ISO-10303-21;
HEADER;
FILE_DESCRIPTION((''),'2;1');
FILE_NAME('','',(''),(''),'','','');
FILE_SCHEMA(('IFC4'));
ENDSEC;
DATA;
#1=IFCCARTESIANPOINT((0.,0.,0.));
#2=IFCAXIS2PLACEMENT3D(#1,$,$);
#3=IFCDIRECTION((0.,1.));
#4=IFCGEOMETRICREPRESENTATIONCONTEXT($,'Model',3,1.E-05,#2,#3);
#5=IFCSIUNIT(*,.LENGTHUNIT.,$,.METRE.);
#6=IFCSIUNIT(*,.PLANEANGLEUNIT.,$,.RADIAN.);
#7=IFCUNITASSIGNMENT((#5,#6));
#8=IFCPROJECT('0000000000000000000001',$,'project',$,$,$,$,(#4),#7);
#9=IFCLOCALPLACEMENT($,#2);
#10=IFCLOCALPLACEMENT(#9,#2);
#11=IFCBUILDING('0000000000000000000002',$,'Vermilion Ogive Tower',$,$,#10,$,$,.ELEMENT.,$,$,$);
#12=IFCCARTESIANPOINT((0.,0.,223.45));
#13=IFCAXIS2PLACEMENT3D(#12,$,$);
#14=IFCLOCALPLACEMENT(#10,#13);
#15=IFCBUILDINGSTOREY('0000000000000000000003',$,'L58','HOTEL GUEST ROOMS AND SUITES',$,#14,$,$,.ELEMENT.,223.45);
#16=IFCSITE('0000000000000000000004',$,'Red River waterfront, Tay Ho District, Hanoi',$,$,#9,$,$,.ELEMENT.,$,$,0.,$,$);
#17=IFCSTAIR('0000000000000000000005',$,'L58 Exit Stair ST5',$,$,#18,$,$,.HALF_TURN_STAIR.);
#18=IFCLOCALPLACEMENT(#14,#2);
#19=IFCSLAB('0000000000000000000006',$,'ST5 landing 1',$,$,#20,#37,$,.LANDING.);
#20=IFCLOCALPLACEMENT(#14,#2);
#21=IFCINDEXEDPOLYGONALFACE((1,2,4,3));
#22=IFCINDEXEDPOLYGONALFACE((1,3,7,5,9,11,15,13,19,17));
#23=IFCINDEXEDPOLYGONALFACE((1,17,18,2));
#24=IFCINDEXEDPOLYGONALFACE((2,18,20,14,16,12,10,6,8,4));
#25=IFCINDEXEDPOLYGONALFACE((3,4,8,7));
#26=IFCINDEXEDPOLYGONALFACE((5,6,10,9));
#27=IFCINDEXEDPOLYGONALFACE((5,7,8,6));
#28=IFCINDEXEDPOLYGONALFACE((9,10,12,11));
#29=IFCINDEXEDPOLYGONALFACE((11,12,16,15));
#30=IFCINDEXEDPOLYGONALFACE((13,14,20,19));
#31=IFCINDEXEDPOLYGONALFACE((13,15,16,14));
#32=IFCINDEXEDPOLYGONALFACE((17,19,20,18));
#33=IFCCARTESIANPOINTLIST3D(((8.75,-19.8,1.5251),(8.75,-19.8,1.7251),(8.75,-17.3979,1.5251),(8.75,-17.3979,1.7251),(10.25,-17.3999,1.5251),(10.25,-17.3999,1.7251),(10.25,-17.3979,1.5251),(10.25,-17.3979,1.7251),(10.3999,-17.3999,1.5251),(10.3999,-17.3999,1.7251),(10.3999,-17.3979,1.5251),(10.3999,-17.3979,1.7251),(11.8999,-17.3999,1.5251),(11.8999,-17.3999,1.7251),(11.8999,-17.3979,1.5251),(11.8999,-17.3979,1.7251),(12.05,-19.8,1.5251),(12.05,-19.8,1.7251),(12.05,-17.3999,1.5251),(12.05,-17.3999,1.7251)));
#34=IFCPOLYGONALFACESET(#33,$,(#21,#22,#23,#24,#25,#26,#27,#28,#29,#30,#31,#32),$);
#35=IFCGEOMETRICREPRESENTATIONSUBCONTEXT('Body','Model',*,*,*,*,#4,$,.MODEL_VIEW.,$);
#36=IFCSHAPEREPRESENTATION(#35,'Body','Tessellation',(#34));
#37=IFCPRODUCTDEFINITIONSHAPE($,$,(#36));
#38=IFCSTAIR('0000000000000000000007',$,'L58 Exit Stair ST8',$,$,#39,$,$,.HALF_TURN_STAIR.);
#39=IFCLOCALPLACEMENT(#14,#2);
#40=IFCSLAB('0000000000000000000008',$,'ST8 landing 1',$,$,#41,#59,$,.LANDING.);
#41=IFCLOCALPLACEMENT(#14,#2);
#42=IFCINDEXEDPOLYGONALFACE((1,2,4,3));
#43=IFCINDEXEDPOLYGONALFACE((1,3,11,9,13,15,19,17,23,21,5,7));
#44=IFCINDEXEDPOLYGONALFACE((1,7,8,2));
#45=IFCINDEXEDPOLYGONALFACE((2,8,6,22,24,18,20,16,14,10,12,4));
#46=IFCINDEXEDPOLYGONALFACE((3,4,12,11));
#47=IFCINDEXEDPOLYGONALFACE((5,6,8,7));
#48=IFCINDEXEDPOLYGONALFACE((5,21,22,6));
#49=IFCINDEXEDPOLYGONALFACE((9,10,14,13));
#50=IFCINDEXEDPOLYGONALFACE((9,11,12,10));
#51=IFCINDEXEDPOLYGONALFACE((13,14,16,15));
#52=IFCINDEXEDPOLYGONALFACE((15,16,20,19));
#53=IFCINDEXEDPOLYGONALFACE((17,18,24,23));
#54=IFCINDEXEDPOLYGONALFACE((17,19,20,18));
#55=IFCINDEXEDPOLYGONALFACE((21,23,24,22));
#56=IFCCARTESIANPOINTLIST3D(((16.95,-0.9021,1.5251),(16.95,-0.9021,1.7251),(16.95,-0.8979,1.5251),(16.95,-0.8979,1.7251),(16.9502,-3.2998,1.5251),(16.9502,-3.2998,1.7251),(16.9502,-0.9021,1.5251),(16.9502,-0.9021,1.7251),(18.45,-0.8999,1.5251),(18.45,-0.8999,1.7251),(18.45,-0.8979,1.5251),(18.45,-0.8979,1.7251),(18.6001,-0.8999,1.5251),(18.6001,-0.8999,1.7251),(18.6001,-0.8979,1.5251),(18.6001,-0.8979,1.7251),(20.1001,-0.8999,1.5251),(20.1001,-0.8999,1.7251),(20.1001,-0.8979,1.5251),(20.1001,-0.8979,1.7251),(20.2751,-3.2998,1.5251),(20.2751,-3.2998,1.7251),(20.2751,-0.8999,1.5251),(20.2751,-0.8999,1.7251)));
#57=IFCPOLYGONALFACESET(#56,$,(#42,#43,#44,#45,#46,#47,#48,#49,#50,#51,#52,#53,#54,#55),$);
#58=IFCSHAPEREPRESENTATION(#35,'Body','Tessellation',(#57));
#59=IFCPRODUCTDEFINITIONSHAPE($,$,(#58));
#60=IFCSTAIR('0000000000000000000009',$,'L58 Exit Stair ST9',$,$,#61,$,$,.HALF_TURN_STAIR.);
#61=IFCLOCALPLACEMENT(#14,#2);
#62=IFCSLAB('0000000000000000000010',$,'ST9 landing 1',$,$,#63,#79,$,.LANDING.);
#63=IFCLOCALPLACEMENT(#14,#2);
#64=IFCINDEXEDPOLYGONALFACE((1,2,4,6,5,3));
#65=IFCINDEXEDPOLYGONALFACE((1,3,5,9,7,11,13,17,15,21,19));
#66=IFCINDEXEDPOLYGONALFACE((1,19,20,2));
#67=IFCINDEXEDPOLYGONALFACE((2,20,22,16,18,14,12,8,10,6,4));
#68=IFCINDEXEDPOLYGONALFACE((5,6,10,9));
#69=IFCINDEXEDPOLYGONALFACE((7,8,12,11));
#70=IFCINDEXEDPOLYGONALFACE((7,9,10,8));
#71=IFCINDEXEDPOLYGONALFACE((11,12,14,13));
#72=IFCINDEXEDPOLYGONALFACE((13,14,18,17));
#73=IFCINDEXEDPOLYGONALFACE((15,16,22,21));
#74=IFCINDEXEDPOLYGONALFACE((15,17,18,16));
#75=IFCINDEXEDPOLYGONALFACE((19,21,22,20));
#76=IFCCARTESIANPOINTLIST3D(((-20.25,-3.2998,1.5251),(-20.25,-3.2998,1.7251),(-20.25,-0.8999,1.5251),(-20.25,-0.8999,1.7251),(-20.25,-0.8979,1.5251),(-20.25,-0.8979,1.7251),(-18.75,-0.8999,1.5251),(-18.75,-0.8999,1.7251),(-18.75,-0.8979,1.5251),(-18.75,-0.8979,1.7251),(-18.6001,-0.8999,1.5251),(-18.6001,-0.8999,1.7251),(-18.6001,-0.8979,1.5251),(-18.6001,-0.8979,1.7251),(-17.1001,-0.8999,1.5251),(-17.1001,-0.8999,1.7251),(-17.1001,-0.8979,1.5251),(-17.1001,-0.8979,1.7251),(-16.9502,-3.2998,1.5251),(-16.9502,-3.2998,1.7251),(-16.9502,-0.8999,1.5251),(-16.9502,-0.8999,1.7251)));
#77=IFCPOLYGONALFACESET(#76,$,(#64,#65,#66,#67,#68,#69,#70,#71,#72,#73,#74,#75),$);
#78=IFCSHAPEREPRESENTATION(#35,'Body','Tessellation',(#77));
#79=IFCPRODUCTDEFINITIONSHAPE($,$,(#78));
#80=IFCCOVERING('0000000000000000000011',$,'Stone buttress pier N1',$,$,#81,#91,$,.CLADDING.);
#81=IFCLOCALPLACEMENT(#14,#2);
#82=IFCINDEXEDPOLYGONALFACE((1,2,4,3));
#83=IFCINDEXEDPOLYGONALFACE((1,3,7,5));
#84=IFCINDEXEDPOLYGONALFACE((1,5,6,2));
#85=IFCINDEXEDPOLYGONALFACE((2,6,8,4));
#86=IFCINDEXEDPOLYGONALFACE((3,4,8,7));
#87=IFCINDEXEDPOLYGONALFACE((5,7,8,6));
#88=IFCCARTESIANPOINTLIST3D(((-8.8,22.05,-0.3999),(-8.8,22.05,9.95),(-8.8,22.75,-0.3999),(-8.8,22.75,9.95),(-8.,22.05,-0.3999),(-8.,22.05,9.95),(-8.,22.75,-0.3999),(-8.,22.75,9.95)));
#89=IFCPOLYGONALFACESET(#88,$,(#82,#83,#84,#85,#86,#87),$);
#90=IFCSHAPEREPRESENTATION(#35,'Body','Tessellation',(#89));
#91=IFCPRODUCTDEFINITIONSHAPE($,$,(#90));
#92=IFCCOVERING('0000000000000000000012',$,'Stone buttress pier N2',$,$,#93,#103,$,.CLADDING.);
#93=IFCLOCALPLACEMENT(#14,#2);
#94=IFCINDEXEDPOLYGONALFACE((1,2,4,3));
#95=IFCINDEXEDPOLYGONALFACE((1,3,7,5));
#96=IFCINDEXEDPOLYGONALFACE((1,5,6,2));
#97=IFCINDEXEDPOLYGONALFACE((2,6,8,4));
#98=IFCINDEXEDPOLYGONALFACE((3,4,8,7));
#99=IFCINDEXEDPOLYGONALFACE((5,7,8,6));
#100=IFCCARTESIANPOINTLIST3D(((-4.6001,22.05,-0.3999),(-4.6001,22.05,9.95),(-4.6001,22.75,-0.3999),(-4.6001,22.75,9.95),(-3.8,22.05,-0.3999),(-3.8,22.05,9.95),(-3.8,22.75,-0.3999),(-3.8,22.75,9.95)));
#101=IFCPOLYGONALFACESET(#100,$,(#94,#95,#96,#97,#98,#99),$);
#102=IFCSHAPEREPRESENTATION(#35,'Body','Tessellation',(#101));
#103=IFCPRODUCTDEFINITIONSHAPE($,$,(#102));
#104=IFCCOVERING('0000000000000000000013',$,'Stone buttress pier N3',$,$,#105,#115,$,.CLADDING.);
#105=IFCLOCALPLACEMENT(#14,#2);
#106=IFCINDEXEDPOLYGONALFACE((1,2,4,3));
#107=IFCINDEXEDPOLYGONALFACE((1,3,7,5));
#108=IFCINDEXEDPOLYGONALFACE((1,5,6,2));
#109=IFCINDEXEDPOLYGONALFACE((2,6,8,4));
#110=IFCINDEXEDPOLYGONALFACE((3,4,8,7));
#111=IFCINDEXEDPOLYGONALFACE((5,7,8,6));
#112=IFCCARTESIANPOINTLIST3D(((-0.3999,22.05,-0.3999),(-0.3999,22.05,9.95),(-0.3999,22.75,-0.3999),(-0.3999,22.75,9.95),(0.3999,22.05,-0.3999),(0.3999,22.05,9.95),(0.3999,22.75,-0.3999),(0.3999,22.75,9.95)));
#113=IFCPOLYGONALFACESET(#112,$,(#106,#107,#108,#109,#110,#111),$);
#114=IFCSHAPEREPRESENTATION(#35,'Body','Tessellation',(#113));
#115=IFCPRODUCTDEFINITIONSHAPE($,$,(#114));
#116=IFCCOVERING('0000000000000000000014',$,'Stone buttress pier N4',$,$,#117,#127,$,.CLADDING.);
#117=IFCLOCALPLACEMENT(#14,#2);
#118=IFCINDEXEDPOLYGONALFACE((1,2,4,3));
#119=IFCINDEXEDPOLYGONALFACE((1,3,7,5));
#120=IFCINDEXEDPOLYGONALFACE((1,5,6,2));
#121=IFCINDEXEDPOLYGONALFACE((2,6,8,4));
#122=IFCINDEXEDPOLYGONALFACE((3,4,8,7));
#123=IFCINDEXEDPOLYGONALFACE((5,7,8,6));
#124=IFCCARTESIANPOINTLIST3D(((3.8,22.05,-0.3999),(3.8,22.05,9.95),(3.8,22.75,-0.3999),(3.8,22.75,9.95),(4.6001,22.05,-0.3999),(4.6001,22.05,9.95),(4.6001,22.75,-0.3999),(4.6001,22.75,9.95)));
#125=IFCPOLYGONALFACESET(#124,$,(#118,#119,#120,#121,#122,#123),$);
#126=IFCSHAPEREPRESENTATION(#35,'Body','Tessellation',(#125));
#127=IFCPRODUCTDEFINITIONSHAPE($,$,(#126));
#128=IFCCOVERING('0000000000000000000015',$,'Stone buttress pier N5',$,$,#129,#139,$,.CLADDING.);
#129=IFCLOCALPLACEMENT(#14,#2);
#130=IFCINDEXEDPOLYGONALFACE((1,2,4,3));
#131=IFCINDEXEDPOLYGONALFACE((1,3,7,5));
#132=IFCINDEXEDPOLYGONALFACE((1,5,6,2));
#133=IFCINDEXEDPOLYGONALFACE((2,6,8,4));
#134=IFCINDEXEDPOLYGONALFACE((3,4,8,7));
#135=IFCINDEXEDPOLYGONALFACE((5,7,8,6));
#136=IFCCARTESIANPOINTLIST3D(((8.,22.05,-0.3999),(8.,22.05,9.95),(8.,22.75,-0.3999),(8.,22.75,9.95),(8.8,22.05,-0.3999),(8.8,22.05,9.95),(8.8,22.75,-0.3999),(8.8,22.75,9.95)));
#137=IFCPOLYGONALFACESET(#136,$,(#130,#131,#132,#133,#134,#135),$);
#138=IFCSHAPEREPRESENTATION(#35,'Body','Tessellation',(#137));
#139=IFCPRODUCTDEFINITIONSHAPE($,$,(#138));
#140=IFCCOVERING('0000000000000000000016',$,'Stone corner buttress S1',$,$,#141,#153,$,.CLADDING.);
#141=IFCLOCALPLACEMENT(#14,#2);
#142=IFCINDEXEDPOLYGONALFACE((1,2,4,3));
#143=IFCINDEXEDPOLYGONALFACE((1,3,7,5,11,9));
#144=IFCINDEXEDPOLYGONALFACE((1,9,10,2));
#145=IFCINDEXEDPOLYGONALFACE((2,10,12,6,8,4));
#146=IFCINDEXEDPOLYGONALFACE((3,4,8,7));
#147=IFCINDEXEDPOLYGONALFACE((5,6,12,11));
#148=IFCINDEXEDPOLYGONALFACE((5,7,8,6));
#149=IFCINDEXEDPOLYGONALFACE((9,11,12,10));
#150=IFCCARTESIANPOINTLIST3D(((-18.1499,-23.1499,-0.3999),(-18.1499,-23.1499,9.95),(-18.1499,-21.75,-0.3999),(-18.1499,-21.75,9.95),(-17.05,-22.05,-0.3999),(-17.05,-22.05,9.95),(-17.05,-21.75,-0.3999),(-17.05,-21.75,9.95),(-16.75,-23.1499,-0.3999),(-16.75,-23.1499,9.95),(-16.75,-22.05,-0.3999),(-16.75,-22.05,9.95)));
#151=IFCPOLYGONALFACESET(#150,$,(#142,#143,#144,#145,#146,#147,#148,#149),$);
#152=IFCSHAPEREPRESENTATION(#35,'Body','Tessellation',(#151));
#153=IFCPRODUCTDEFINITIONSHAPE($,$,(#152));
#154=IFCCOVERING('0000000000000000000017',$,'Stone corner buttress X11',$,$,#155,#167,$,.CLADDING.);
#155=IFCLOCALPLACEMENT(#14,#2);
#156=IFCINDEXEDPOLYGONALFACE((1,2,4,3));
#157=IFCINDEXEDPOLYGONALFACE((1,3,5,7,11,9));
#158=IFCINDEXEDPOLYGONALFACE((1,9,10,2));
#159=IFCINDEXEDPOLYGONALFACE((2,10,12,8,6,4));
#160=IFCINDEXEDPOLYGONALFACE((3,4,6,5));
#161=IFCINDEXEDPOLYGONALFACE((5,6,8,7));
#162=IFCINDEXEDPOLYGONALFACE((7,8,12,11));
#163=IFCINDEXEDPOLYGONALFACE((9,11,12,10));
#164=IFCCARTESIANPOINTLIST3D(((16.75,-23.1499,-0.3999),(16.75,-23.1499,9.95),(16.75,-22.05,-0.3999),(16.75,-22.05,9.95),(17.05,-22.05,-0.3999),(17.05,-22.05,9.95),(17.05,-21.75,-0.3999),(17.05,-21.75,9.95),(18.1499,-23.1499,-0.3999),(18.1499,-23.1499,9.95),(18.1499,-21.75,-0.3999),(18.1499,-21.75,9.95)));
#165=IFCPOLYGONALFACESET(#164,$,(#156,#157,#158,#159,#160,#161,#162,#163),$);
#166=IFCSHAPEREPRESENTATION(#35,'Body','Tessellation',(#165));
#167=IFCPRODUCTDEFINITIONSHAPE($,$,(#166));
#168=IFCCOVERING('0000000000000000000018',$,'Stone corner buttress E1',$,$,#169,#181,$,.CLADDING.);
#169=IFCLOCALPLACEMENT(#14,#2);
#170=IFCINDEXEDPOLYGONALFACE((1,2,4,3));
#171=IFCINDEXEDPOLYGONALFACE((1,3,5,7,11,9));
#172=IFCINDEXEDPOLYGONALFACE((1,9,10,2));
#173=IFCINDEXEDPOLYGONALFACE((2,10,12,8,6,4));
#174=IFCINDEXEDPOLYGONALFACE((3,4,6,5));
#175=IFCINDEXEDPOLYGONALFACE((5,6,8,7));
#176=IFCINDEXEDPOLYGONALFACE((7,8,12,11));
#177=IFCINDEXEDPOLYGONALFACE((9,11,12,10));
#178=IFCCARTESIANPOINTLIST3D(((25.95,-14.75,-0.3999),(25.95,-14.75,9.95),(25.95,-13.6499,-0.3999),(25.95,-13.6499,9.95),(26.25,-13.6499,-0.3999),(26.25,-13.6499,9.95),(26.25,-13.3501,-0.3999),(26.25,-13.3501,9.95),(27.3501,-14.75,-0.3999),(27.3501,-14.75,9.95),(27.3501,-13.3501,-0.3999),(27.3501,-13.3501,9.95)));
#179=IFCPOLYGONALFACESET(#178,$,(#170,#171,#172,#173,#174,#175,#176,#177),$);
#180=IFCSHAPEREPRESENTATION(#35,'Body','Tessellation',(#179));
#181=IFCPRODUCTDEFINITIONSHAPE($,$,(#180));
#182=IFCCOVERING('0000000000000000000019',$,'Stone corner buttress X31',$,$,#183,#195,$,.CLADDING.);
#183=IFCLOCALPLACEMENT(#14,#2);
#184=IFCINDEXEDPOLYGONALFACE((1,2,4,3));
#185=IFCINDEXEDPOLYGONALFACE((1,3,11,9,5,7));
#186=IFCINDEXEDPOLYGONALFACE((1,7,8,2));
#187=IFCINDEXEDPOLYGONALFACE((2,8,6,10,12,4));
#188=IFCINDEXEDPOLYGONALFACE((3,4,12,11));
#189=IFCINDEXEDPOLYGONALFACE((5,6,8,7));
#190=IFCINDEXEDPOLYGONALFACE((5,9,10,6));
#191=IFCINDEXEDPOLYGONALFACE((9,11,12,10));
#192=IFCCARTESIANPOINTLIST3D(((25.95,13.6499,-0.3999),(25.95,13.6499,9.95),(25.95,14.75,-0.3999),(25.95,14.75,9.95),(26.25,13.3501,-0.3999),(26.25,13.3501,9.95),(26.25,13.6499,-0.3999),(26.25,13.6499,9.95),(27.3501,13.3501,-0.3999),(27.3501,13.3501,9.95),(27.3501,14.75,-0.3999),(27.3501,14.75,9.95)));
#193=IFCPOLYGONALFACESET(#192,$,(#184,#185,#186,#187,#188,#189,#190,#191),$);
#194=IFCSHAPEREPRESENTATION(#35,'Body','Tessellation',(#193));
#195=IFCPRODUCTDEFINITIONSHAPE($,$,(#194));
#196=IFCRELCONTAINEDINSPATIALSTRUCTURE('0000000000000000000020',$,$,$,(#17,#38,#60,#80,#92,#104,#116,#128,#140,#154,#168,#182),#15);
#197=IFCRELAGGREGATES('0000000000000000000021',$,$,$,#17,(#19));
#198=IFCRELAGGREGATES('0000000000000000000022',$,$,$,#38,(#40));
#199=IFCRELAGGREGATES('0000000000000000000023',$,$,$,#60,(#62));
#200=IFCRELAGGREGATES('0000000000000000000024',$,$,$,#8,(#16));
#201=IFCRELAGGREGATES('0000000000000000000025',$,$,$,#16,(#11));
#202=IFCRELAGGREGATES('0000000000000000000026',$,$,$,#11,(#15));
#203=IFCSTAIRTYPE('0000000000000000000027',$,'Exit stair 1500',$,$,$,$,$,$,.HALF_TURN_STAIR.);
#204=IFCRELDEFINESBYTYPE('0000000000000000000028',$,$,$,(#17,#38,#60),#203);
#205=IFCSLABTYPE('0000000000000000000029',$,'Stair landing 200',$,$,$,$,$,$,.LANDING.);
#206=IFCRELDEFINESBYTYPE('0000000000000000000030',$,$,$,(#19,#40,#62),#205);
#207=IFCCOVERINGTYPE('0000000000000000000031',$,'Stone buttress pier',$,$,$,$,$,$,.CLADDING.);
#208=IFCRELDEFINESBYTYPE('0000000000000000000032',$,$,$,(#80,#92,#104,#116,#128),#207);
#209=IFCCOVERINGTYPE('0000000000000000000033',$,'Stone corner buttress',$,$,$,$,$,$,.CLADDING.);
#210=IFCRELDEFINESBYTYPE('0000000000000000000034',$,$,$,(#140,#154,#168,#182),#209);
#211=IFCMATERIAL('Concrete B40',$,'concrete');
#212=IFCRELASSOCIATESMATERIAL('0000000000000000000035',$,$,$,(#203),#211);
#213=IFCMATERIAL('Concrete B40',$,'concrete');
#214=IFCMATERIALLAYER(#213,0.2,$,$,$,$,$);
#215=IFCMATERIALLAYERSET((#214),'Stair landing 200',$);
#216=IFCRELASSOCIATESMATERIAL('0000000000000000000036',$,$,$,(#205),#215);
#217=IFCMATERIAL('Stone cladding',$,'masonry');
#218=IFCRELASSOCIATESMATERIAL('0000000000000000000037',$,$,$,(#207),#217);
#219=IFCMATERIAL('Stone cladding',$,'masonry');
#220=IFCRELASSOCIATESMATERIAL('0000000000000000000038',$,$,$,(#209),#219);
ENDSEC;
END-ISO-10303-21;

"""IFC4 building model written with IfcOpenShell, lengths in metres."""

from ifc_helpers import new_model, si_unit, direction, frame, origin, place, context, subcontext, project, spatial, polyline, outline, extrude, material, layer, layer_set, type_object, element, aggregate, save


model = new_model("IFC4")

# Units and contexts
model_context = context("Model", 3, precision=1e-05, world=origin(), true_north=direction((0.0, 1.0)))
body_context = subcontext(model_context, "Body", "Model", "MODEL_VIEW")
ifc_project = project(units=[si_unit("LENGTHUNIT", "METRE"), si_unit("PLANEANGLEUNIT", "RADIAN")], contexts=[model_context])

# Site, building, storey
site_placement = place(None, origin())
site = spatial("IfcSite", under=ifc_project, at=site_placement, Name="Red River waterfront, Tay Ho District, Hanoi", CompositionType="ELEMENT", RefElevation=0.0)
building_placement = place(site_placement, origin())
building = spatial("IfcBuilding", under=site, at=building_placement, Name="Vermilion Ogive Tower", CompositionType="ELEMENT")
storey_placement = place(building_placement, frame((0.0, 0.0, 223.45)))
storey = spatial("IfcBuildingStorey", under=building, at=storey_placement, Name="L58", Description="HOTEL GUEST ROOMS AND SUITES", CompositionType="ELEMENT", Elevation=223.45)

# Stairs, slabs
ifc_material_1 = material(Name="Concrete B40", Category="concrete")
stair_type = type_object("IfcStairType", Name="Exit stair 1500", PredefinedType="HALF_TURN_STAIR", material=ifc_material_1)
ifc_material_2 = material(Name="Concrete B40", Category="concrete")
ifc_layer_1 = layer(ifc_material_2, 0.2)
ifc_layer_set_1 = layer_set([ifc_layer_1], Name="Stair landing 200")
slab_type_1 = type_object("IfcSlabType", Name="Stair landing 200", PredefinedType="LANDING", material=ifc_layer_set_1)
stair_1_placement = place(storey_placement, origin())
stair_1 = element("IfcStair", 1, at=stair_1_placement, inside=storey, type_object=stair_type, Name="L58 Exit Stair ST5", PredefinedType="HALF_TURN_STAIR")
slab_1_placement = place(storey_placement, frame((0.0, 0.0, 1.5251)))
slab_1 = element("IfcSlab", 2, at=slab_1_placement, type_object=slab_type_1, Name="ST5 landing 1", PredefinedType="LANDING", context=body_context, shape_type="SweptSolid", body=[
    extrude(outline(polyline([(12.05, -17.3999), (11.8999, -17.3999), (11.8999, -17.3979), (10.3999, -17.3979), (10.3999, -17.3999), (10.25, -17.3999), (10.25, -17.3979), (8.75, -17.3979), (8.75, -19.8), (12.05, -19.8), (12.05, -17.3999)])), origin(), (0.0, 0.0, 1.0), 0.2),
])
aggregate(stair_1, [slab_1])
stair_2_placement = place(storey_placement, origin())
stair_2 = element("IfcStair", 3, at=stair_2_placement, inside=storey, type_object=stair_type, Name="L58 Exit Stair ST8", PredefinedType="HALF_TURN_STAIR")
slab_2_placement = place(storey_placement, frame((0.0, 0.0, 1.5251)))
slab_2 = element("IfcSlab", 4, at=slab_2_placement, type_object=slab_type_1, Name="ST8 landing 1", PredefinedType="LANDING", context=body_context, shape_type="SweptSolid", body=[
    extrude(outline(polyline([(20.2751, -0.8999), (20.1001, -0.8999), (20.1001, -0.8979), (18.6001, -0.8979), (18.6001, -0.8999), (18.45, -0.8999), (18.45, -0.8979), (16.95, -0.8979), (16.95, -0.9021), (16.9502, -0.9021), (16.9502, -3.2998), (20.2751, -3.2998), (20.2751, -0.8999)])), origin(), (0.0, 0.0, 1.0), 0.2),
])
aggregate(stair_2, [slab_2])
stair_3_placement = place(storey_placement, origin())
stair_3 = element("IfcStair", 5, at=stair_3_placement, inside=storey, type_object=stair_type, Name="L58 Exit Stair ST9", PredefinedType="HALF_TURN_STAIR")
slab_3_placement = place(storey_placement, frame((0.0, 0.0, 1.5251)))
slab_3 = element("IfcSlab", 6, at=slab_3_placement, type_object=slab_type_1, Name="ST9 landing 1", PredefinedType="LANDING", context=body_context, shape_type="SweptSolid", body=[
    extrude(outline(polyline([(-16.9502, -0.8999), (-17.1001, -0.8999), (-17.1001, -0.8979), (-18.6001, -0.8979), (-18.6001, -0.8999), (-18.75, -0.8999), (-18.75, -0.8979), (-20.25, -0.8979), (-20.25, -0.8999), (-20.25, -0.8999), (-20.25, -3.2998), (-16.9502, -3.2998), (-16.9502, -0.8999)])), origin(), (0.0, 0.0, 1.0), 0.2),
])
aggregate(stair_3, [slab_3])

# Coverings
ifc_material_3 = material(Name="Stone cladding", Category="masonry")
covering_type_1 = type_object("IfcCoveringType", Name="Stone buttress pier", PredefinedType="CLADDING", material=ifc_material_3)
covering_1_placement = place(storey_placement, frame((0.0, 0.0, -0.3999)))
element("IfcCovering", 7, at=covering_1_placement, inside=storey, type_object=covering_type_1, Name="Stone buttress pier N1", PredefinedType="CLADDING", context=body_context, shape_type="SweptSolid", body=[
    extrude(outline(polyline([(-8.0, 22.75), (-8.0, 22.05), (-8.8, 22.05), (-8.8, 22.75), (-8.0, 22.75)])), origin(), (0.0, 0.0, 1.0), 10.3499),
])
covering_2_placement = place(storey_placement, frame((0.0, 0.0, -0.3999)))
element("IfcCovering", 8, at=covering_2_placement, inside=storey, type_object=covering_type_1, Name="Stone buttress pier N2", PredefinedType="CLADDING", context=body_context, shape_type="SweptSolid", body=[
    extrude(outline(polyline([(-3.8, 22.75), (-3.8, 22.05), (-4.6001, 22.05), (-4.6001, 22.75), (-3.8, 22.75)])), origin(), (0.0, 0.0, 1.0), 10.3499),
])
covering_3_placement = place(storey_placement, frame((0.0, 0.0, -0.3999)))
element("IfcCovering", 9, at=covering_3_placement, inside=storey, type_object=covering_type_1, Name="Stone buttress pier N3", PredefinedType="CLADDING", context=body_context, shape_type="SweptSolid", body=[
    extrude(outline(polyline([(0.3999, 22.75), (0.3999, 22.05), (-0.3999, 22.05), (-0.3999, 22.75), (0.3999, 22.75)])), origin(), (0.0, 0.0, 1.0), 10.3499),
])
covering_4_placement = place(storey_placement, frame((0.0, 0.0, -0.3999)))
element("IfcCovering", 10, at=covering_4_placement, inside=storey, type_object=covering_type_1, Name="Stone buttress pier N4", PredefinedType="CLADDING", context=body_context, shape_type="SweptSolid", body=[
    extrude(outline(polyline([(4.6001, 22.75), (4.6001, 22.05), (3.8, 22.05), (3.8, 22.75), (4.6001, 22.75)])), origin(), (0.0, 0.0, 1.0), 10.3499),
])
covering_5_placement = place(storey_placement, frame((0.0, 0.0, -0.3999)))
element("IfcCovering", 11, at=covering_5_placement, inside=storey, type_object=covering_type_1, Name="Stone buttress pier N5", PredefinedType="CLADDING", context=body_context, shape_type="SweptSolid", body=[
    extrude(outline(polyline([(8.8, 22.75), (8.8, 22.05), (8.0, 22.05), (8.0, 22.75), (8.8, 22.75)])), origin(), (0.0, 0.0, 1.0), 10.3499),
])
ifc_material_4 = material(Name="Stone cladding", Category="masonry")
covering_type_2 = type_object("IfcCoveringType", Name="Stone corner buttress", PredefinedType="CLADDING", material=ifc_material_4)
covering_6_placement = place(storey_placement, frame((0.0, 0.0, -0.3999)))
element("IfcCovering", 12, at=covering_6_placement, inside=storey, type_object=covering_type_2, Name="Stone corner buttress S1", PredefinedType="CLADDING", context=body_context, shape_type="SweptSolid", body=[
    extrude(outline(polyline([(-17.05, -21.75), (-17.05, -22.05), (-16.75, -22.05), (-16.75, -23.1499), (-18.1499, -23.1499), (-18.1499, -21.75), (-17.05, -21.75)])), origin(), (0.0, 0.0, 1.0), 10.3499),
])
covering_7_placement = place(storey_placement, frame((0.0, 0.0, -0.3999)))
element("IfcCovering", 13, at=covering_7_placement, inside=storey, type_object=covering_type_2, Name="Stone corner buttress X11", PredefinedType="CLADDING", context=body_context, shape_type="SweptSolid", body=[
    extrude(outline(polyline([(16.75, -23.1499), (16.75, -22.05), (17.05, -22.05), (17.05, -21.75), (18.1499, -21.75), (18.1499, -23.1499), (16.75, -23.1499)])), origin(), (0.0, 0.0, 1.0), 10.3499),
])
covering_8_placement = place(storey_placement, frame((0.0, 0.0, -0.3999)))
element("IfcCovering", 14, at=covering_8_placement, inside=storey, type_object=covering_type_2, Name="Stone corner buttress E1", PredefinedType="CLADDING", context=body_context, shape_type="SweptSolid", body=[
    extrude(outline(polyline([(26.25, -13.6499), (26.25, -13.3501), (27.3501, -13.3501), (27.3501, -14.75), (25.95, -14.75), (25.95, -13.6499), (26.25, -13.6499)])), origin(), (0.0, 0.0, 1.0), 10.3499),
])
covering_9_placement = place(storey_placement, frame((0.0, 0.0, -0.3999)))
element("IfcCovering", 15, at=covering_9_placement, inside=storey, type_object=covering_type_2, Name="Stone corner buttress X31", PredefinedType="CLADDING", context=body_context, shape_type="SweptSolid", body=[
    extrude(outline(polyline([(26.25, 13.3501), (26.25, 13.6499), (25.95, 13.6499), (25.95, 14.75), (27.3501, 14.75), (27.3501, 13.3501), (26.25, 13.3501)])), origin(), (0.0, 0.0, 1.0), 10.3499),
])

save(model, "model.ifc")
